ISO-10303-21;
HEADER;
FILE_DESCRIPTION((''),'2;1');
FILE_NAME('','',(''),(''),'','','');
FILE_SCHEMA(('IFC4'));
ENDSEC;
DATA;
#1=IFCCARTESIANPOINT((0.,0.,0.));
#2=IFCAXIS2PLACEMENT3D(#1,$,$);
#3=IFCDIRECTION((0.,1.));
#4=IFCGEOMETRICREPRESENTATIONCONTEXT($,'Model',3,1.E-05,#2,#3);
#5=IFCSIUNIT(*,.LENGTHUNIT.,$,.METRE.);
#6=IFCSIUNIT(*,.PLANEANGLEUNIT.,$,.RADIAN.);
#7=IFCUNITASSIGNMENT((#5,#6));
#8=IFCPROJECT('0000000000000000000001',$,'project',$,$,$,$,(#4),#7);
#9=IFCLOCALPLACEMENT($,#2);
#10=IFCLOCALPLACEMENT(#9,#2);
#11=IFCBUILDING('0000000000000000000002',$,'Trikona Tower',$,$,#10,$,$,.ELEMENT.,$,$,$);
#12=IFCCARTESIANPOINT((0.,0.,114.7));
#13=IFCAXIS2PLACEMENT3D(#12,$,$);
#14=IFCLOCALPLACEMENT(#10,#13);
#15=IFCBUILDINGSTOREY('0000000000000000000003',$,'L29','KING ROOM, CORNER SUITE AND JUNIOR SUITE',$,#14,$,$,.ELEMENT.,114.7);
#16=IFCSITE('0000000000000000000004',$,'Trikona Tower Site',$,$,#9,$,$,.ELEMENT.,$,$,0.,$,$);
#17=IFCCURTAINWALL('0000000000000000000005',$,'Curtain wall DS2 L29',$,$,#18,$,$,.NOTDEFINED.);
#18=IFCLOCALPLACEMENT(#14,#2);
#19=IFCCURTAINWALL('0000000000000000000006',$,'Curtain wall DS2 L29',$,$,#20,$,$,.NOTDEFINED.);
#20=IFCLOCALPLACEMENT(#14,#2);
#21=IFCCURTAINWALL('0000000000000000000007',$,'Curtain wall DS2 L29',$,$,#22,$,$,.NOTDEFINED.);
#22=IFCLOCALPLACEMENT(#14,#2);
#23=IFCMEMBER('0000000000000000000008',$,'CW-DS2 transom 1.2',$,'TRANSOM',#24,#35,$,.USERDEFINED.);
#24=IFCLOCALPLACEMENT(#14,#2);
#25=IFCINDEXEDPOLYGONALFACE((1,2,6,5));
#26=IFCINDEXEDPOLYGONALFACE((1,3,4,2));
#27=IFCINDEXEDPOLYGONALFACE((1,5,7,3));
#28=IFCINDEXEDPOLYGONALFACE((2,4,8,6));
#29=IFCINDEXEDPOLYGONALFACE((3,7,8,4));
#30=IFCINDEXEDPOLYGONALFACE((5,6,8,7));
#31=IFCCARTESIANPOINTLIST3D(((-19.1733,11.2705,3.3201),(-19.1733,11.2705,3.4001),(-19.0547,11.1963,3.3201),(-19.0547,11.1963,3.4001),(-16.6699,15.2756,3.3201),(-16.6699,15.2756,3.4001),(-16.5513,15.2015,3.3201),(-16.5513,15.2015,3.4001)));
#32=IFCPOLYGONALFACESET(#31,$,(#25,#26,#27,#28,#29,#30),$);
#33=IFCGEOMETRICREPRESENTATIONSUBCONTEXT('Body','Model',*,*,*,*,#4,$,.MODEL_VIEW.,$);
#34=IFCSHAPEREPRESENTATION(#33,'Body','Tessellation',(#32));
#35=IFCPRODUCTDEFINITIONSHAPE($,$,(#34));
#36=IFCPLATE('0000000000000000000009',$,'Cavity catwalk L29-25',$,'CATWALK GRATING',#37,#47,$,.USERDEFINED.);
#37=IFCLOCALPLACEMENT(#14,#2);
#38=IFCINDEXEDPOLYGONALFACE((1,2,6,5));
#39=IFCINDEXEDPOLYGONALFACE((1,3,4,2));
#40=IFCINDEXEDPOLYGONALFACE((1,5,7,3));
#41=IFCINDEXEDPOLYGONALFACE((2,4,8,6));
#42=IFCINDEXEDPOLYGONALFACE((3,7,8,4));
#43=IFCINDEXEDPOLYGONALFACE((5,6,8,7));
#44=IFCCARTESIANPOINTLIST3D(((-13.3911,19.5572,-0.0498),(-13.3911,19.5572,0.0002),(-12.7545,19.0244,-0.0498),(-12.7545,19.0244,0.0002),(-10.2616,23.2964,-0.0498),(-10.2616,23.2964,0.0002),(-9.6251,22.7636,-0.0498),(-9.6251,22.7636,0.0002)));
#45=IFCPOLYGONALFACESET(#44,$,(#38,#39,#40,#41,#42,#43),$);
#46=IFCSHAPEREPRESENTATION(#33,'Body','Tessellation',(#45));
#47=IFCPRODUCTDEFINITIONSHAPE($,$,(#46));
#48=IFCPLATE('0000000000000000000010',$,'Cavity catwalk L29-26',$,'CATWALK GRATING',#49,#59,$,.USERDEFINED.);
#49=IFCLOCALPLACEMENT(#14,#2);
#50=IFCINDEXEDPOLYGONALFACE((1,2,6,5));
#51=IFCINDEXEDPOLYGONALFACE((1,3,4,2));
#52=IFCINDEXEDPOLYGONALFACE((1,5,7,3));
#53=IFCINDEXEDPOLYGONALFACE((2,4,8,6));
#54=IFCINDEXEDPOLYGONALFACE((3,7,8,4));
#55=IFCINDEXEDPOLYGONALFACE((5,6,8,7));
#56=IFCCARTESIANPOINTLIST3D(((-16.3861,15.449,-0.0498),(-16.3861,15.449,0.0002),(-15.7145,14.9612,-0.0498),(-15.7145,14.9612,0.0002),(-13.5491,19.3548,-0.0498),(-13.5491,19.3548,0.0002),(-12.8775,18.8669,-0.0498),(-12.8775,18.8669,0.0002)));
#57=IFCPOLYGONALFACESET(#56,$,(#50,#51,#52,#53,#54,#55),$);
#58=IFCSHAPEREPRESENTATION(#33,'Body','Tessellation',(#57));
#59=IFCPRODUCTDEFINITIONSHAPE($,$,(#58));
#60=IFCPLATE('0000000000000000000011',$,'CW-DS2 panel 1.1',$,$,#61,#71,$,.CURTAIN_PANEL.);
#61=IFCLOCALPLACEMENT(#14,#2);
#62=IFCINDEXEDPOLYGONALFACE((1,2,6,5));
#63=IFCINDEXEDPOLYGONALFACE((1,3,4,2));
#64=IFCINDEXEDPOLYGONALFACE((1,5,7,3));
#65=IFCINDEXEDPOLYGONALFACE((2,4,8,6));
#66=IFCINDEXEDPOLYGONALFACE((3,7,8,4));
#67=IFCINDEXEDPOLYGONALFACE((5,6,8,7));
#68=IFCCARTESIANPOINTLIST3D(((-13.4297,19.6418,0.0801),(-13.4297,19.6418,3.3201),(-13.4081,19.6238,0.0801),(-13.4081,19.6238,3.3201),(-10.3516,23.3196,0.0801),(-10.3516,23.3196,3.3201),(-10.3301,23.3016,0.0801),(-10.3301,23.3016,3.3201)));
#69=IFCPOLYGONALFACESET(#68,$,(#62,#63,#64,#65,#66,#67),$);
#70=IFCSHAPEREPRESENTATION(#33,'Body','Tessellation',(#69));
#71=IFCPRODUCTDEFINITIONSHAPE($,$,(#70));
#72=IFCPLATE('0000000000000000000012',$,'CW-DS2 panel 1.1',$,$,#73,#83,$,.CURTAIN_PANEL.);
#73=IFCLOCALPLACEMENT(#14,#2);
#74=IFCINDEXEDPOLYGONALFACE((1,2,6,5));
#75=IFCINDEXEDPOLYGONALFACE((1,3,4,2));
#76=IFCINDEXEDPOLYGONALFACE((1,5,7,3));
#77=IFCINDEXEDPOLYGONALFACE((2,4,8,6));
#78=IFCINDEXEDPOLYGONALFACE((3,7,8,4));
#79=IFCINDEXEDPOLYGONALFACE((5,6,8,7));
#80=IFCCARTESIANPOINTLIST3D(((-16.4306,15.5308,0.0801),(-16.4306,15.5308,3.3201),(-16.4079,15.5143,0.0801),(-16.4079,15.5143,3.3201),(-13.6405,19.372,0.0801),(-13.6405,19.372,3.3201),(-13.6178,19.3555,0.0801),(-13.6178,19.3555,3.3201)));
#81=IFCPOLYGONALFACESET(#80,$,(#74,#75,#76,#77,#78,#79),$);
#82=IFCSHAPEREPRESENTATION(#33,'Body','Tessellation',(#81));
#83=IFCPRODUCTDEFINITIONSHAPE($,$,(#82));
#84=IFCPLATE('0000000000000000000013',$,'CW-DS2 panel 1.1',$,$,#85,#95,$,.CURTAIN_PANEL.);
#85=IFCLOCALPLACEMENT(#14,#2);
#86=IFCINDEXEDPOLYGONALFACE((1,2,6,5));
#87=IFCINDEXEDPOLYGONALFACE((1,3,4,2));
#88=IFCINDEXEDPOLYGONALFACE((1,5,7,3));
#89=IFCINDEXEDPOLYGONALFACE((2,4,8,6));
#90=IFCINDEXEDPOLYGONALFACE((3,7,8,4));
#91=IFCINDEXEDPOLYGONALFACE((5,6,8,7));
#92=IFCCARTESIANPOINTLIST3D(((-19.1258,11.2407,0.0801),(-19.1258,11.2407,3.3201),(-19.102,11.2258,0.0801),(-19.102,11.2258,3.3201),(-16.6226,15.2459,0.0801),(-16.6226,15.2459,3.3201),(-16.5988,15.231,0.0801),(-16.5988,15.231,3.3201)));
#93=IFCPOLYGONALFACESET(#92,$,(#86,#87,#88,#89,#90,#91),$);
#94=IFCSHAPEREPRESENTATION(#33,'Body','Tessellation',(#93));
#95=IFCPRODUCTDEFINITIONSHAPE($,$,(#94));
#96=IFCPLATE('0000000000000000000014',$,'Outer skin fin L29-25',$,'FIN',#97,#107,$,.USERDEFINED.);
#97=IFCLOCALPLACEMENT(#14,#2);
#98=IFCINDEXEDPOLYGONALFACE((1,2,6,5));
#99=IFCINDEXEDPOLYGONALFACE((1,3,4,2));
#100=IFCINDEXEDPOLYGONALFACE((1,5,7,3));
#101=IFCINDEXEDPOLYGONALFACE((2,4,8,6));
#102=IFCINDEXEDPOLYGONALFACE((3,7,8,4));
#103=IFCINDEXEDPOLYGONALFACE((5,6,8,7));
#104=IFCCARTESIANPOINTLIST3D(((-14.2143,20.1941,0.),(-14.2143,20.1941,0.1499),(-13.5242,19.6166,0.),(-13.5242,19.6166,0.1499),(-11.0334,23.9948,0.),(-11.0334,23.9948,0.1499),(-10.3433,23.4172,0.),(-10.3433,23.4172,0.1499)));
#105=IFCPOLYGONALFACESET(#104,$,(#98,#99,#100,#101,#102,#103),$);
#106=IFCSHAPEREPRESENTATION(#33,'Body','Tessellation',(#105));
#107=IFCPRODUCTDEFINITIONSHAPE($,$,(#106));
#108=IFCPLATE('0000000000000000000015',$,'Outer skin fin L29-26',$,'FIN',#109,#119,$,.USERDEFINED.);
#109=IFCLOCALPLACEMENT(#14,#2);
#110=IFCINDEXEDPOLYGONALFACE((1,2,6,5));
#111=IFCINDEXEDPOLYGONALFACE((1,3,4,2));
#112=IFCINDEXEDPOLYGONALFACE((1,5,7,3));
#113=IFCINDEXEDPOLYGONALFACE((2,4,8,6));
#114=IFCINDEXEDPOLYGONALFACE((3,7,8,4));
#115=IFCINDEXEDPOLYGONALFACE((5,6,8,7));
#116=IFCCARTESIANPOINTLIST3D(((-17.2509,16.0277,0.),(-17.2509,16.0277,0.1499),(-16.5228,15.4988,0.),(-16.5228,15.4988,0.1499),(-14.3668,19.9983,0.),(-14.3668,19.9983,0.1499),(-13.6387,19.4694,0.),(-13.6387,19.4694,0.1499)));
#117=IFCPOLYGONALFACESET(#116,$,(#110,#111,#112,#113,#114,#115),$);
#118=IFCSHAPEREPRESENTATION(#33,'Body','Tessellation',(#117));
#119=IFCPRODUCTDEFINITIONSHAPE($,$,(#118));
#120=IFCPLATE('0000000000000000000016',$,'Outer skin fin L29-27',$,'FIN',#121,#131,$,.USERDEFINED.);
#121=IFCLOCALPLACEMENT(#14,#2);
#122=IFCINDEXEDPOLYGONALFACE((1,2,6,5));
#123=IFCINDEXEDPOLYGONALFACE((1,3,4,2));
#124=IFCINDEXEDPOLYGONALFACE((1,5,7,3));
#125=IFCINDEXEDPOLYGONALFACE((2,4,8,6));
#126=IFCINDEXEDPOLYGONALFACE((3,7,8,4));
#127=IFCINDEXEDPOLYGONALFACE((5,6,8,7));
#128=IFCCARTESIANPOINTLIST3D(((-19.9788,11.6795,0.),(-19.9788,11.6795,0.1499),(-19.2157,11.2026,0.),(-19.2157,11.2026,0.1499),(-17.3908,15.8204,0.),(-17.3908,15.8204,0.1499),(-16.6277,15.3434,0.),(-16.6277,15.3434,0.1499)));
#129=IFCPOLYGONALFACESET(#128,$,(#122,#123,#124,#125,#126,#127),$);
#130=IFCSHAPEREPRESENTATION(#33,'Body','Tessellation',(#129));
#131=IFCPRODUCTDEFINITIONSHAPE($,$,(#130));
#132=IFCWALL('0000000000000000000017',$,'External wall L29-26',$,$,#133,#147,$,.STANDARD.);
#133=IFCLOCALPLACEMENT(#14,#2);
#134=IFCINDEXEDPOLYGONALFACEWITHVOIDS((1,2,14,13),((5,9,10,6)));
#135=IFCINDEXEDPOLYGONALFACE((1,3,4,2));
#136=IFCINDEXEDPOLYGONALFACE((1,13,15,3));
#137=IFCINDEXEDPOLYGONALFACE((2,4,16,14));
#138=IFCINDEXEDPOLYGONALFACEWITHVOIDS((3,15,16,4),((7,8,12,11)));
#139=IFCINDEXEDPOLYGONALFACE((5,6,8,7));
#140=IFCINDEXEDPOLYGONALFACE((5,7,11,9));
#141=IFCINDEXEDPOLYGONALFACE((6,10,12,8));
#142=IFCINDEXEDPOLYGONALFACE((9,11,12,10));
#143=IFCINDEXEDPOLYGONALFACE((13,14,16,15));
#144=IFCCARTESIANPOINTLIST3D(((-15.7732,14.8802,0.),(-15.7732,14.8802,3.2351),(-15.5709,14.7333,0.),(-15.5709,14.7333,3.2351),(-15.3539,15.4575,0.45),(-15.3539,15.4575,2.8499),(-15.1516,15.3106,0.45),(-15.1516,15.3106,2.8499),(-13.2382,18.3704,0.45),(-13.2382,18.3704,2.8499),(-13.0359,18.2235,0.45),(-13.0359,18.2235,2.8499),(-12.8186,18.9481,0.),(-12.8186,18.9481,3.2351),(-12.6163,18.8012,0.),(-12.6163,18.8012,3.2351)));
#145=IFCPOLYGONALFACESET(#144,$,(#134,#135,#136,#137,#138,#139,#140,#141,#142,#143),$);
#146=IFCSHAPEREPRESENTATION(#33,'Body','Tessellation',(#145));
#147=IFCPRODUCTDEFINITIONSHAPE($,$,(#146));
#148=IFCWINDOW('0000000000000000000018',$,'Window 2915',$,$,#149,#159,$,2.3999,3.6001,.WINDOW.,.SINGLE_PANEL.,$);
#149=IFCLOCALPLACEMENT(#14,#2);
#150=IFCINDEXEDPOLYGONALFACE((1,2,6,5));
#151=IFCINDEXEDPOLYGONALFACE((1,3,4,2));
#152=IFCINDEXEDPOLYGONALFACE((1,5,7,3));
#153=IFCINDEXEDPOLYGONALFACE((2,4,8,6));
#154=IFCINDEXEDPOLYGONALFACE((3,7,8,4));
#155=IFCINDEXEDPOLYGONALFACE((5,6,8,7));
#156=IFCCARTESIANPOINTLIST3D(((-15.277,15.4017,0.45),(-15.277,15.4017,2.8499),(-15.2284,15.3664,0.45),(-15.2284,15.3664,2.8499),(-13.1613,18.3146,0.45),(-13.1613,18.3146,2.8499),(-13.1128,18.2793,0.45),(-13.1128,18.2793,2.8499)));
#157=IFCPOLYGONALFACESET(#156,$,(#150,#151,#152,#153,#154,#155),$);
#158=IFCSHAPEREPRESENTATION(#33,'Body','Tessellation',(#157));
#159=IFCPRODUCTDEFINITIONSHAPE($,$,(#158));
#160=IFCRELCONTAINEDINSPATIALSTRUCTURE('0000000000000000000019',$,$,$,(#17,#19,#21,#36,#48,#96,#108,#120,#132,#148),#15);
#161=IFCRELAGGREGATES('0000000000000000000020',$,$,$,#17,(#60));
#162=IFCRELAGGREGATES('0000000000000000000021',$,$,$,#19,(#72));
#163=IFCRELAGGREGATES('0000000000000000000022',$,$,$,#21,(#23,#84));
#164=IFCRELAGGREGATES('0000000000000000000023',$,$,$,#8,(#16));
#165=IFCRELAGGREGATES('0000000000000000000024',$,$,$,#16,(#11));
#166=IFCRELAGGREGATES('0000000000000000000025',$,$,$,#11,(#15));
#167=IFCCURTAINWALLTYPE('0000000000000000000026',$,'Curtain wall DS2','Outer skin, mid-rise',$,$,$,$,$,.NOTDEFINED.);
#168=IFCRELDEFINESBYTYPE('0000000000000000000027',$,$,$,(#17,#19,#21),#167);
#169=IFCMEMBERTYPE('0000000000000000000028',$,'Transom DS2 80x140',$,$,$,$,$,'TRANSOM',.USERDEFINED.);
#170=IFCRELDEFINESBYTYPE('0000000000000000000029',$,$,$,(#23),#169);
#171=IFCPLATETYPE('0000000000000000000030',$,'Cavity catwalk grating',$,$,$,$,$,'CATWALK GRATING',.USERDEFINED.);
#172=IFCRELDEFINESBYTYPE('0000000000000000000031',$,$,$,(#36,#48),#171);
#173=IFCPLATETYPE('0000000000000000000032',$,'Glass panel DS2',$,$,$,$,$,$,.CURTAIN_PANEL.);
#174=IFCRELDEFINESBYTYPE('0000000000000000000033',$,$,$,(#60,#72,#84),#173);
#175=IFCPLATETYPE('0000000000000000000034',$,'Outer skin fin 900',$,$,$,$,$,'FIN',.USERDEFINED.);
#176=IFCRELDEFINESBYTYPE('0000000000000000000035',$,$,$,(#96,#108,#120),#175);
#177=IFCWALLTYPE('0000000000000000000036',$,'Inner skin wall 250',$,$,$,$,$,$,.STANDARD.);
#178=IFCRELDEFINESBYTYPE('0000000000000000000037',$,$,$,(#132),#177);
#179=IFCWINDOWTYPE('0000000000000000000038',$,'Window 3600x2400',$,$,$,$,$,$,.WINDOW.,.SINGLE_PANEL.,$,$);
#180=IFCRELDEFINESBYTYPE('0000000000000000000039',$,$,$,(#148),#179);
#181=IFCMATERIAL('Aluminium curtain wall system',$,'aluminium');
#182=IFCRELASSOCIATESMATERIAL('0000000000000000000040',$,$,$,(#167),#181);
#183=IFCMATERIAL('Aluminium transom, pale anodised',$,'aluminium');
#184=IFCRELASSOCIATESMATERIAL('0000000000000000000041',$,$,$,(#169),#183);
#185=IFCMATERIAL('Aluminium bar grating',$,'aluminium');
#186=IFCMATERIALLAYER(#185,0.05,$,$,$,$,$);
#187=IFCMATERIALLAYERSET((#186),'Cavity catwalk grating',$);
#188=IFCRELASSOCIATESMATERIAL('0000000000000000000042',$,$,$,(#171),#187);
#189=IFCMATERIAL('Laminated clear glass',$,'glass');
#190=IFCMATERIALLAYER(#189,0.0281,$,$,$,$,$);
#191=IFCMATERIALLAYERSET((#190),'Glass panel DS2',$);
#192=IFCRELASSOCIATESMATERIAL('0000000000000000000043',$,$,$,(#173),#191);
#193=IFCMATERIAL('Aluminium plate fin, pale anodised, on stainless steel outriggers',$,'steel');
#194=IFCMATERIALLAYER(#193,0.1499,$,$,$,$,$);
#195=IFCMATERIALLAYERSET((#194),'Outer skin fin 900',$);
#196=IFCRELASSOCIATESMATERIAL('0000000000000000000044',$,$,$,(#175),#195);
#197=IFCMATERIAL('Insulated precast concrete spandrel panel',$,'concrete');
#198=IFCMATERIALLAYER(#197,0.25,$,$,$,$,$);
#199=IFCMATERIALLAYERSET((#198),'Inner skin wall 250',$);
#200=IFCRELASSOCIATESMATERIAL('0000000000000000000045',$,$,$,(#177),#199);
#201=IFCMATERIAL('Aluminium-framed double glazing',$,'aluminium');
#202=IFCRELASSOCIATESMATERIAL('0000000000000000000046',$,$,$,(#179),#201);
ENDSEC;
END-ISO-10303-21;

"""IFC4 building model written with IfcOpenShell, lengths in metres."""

from ifc_helpers import new_model, si_unit, direction, frame, frame_2d, origin, origin_2d, place, context, subcontext, project, spatial, rectangle, extrude, material, layer, layer_set, material_profile, profile_set, type_object, element, fill, aggregate, save


model = new_model("IFC4")

# Units and contexts
model_context = context("Model", 3, precision=1e-05, world=origin(), true_north=direction((0.0, 1.0)))
body_context = subcontext(model_context, "Body", "Model", "MODEL_VIEW")
ifc_project = project(units=[si_unit("LENGTHUNIT", "METRE"), si_unit("PLANEANGLEUNIT", "RADIAN")], contexts=[model_context])

# Site, building, storey
site_placement = place(None, origin())
site = spatial("IfcSite", under=ifc_project, at=site_placement, Name="Trikona Tower Site", CompositionType="ELEMENT", RefElevation=0.0)
building_placement = place(site_placement, origin())
building = spatial("IfcBuilding", under=site, at=building_placement, Name="Trikona Tower", CompositionType="ELEMENT")
storey_placement = place(building_placement, frame((0.0, 0.0, 114.7)))
storey = spatial("IfcBuildingStorey", under=building, at=storey_placement, Name="L29", Description="KING ROOM, CORNER SUITE AND JUNIOR SUITE", CompositionType="ELEMENT", Elevation=114.7)

# Curtain walls
ifc_material_1 = material(Name="Aluminium curtain wall system", Category="aluminium")
curtain_wall_type = type_object("IfcCurtainWallType", Name="Curtain wall DS2", Description="Outer skin, mid-rise", PredefinedType="NOTDEFINED", material=ifc_material_1)
curtain_wall_1_placement = place(storey_placement, origin())
curtain_wall_1 = element("IfcCurtainWall", 1, at=curtain_wall_1_placement, inside=storey, type_object=curtain_wall_type, Name="Curtain wall DS2 L29", PredefinedType="NOTDEFINED")
curtain_wall_2_placement = place(storey_placement, origin())
curtain_wall_2 = element("IfcCurtainWall", 2, at=curtain_wall_2_placement, inside=storey, type_object=curtain_wall_type, Name="Curtain wall DS2 L29", PredefinedType="NOTDEFINED")

# Curtain wall
curtain_wall_3_placement = place(storey_placement, origin())
curtain_wall_3 = element("IfcCurtainWall", 3, at=curtain_wall_3_placement, inside=storey, type_object=curtain_wall_type, Name="Curtain wall DS2 L29", PredefinedType="NOTDEFINED")

# Member
ifc_material_2 = material(Name="Aluminium transom, pale anodised", Category="aluminium")
ifc_material_profile_1 = material_profile(ifc_material_2, rectangle(XDim=0.1399, YDim=0.0801, at=origin_2d()), Name="TRN-DS2")
ifc_profile_set_1 = profile_set([ifc_material_profile_1], Name="Aluminium transom, pale anodised")
member_type_1 = type_object("IfcMemberType", Name="Transom DS2 80x140", ElementType="TRANSOM", PredefinedType="USERDEFINED", material=ifc_profile_set_1)
member_1_placement = place(storey_placement, frame((-16.6106, 15.2385, 3.3601), z_axis=(-0.530031, -0.847978, 0.0), x_axis=(0.847978, -0.530031, 0.0)))
member_1 = element("IfcMember", 4, at=member_1_placement, type_object=member_type_1, Name="CW-DS2 transom 1.2", ObjectType="TRANSOM", PredefinedType="USERDEFINED", context=body_context, shape_type="SweptSolid", body=[
    extrude(rectangle(XDim=0.1399, YDim=0.0801, at=origin_2d()), origin(), (0.0, 0.0, 1.0), 4.7231),
])

# Plates
ifc_material_3 = material(Name="Aluminium bar grating", Category="aluminium")
ifc_layer_1 = layer(ifc_material_3, 0.05)
ifc_layer_set_1 = layer_set([ifc_layer_1], Name="Cavity catwalk grating")
plate_type_1 = type_object("IfcPlateType", Name="Cavity catwalk grating", ElementType="CATWALK GRATING", PredefinedType="USERDEFINED", material=ifc_layer_set_1)
plate_1_placement = place(storey_placement, frame((-11.5081, 21.1604, -0.0498), z_axis=(0.0, 0.0, 1.0), x_axis=(-0.641807, -0.766866, 0.0)))
element("IfcPlate", 5, at=plate_1_placement, inside=storey, type_object=plate_type_1, Name="Cavity catwalk L29-25", ObjectType="CATWALK GRATING", PredefinedType="USERDEFINED", context=body_context, shape_type="SweptSolid", body=[
    extrude(rectangle(XDim=4.876, YDim=0.8301, at=origin_2d()), origin(), (0.0, 0.0, 1.0), 0.05),
])
plate_2_placement = place(storey_placement, frame((-14.6318, 17.158, -0.0498), z_axis=(0.0, 0.0, 1.0), x_axis=(-0.587686, -0.809089, 0.0)))
element("IfcPlate", 6, at=plate_2_placement, inside=storey, type_object=plate_type_1, Name="Cavity catwalk L29-26", ObjectType="CATWALK GRATING", PredefinedType="USERDEFINED", context=body_context, shape_type="SweptSolid", body=[
    extrude(rectangle(XDim=4.8274, YDim=0.8301, at=origin_2d()), origin(), (0.0, 0.0, 1.0), 0.05),
])

# Plates
ifc_material_4 = material(Name="Laminated clear glass", Category="glass")
ifc_layer_2 = layer(ifc_material_4, 0.0281)
ifc_layer_set_2 = layer_set([ifc_layer_2], Name="Glass panel DS2")
plate_type_2 = type_object("IfcPlateType", Name="Glass panel DS2", PredefinedType="CURTAIN_PANEL", material=ifc_layer_set_2)
plate_3_placement = place(storey_placement, frame((-11.8799, 21.4717, 0.0801), z_axis=(0.0, 0.0, 1.0), x_axis=(-0.641806, -0.766867, 0.0)))
plate_3 = element("IfcPlate", 7, at=plate_3_placement, type_object=plate_type_2, Name="CW-DS2 panel 1.1", PredefinedType="CURTAIN_PANEL", context=body_context, shape_type="SweptSolid", body=[
    extrude(rectangle(XDim=4.7959, YDim=0.0281, at=origin_2d()), origin(), (0.0, 0.0, 1.0), 3.24),
])
aggregate(curtain_wall_1, [plate_3])
plate_4_placement = place(storey_placement, frame((-15.0242, 17.4431, 0.0801), z_axis=(0.0, 0.0, 1.0), x_axis=(-0.587691, -0.809086, 0.0)))
plate_4 = element("IfcPlate", 8, at=plate_4_placement, type_object=plate_type_2, Name="CW-DS2 panel 1.1", PredefinedType="CURTAIN_PANEL", context=body_context, shape_type="SweptSolid", body=[
    extrude(rectangle(XDim=4.7476, YDim=0.0281, at=origin_2d()), origin(), (0.0, 0.0, 1.0), 3.24),
])
aggregate(curtain_wall_2, [plate_4])
plate_5_placement = place(storey_placement, frame((-17.8623, 13.2358, 0.0801), z_axis=(0.0, 0.0, 1.0), x_axis=(-0.529999, -0.847998, 0.0)))
plate_5 = element("IfcPlate", 9, at=plate_5_placement, type_object=plate_type_2, Name="CW-DS2 panel 1.1", PredefinedType="CURTAIN_PANEL", context=body_context, shape_type="SweptSolid", body=[
    extrude(rectangle(XDim=4.7231, YDim=0.0281, at=origin_2d()), origin(), (0.0, 0.0, 1.0), 3.24),
])
aggregate(curtain_wall_3, [member_1, plate_5])

# Plates
ifc_material_5 = material(Name="Aluminium plate fin, pale anodised, on stainless steel outriggers", Category="steel")
ifc_layer_3 = layer(ifc_material_5, 0.1499)
ifc_layer_set_3 = layer_set([ifc_layer_3], Name="Outer skin fin 900")
plate_type_3 = type_object("IfcPlateType", Name="Outer skin fin 900", ElementType="FIN", PredefinedType="USERDEFINED", material=ifc_layer_set_3)
plate_6_placement = place(storey_placement, frame((-12.2788, 21.8057, 0.0), z_axis=(0.0, 0.0, 1.0), x_axis=(-0.641807, -0.766866, 0.0)))
element("IfcPlate", 10, at=plate_6_placement, inside=storey, type_object=plate_type_3, Name="Outer skin fin L29-25", ObjectType="FIN", PredefinedType="USERDEFINED", context=body_context, shape_type="SweptSolid", body=[
    extrude(rectangle(XDim=4.9561, YDim=0.8999, at=origin_2d()), origin(), (0.0, 0.0, 1.0), 0.1499),
])
plate_7_placement = place(storey_placement, frame((-15.4448, 17.7485, 0.0), z_axis=(0.0, 0.0, 1.0), x_axis=(-0.587686, -0.809089, 0.0)))
element("IfcPlate", 11, at=plate_7_placement, inside=storey, type_object=plate_type_3, Name="Outer skin fin L29-26", ObjectType="FIN", PredefinedType="USERDEFINED", context=body_context, shape_type="SweptSolid", body=[
    extrude(rectangle(XDim=4.9075, YDim=0.8999, at=origin_2d()), origin(), (0.0, 0.0, 1.0), 0.1499),
])
plate_8_placement = place(storey_placement, frame((-18.3032, 13.5115, 0.0), z_axis=(0.0, 0.0, 1.0), x_axis=(-0.529995, -0.848001, 0.0)))
element("IfcPlate", 12, at=plate_8_placement, inside=storey, type_object=plate_type_3, Name="Outer skin fin L29-27", ObjectType="FIN", PredefinedType="USERDEFINED", context=body_context, shape_type="SweptSolid", body=[
    extrude(rectangle(XDim=4.8831, YDim=0.8999, at=origin_2d()), origin(), (0.0, 0.0, 1.0), 0.1499),
])

# Wall, opening, window
ifc_material_6 = material(Name="Insulated precast concrete spandrel panel", Category="concrete")
ifc_layer_4 = layer(ifc_material_6, 0.25)
ifc_layer_set_4 = layer_set([ifc_layer_4], Name="Inner skin wall 250")
wall_type = type_object("IfcWallType", Name="Inner skin wall 250", PredefinedType="STANDARD", material=ifc_layer_set_4)
wall_1_placement = place(storey_placement, frame((-12.7175, 18.8745, 0.0), z_axis=(0.0, 0.0, 1.0), x_axis=(-0.587669, -0.809101, 0.0)))
wall_1 = element("IfcWall", 13, at=wall_1_placement, inside=storey, type_object=wall_type, Name="External wall L29-26", PredefinedType="STANDARD", context=body_context, shape_type="SweptSolid", body=[
    extrude(rectangle(XDim=5.0276, YDim=0.25, at=frame_2d((2.5137, 0.0))), origin(), (0.0, 0.0, 1.0), 3.2351),
])
opening_1_placement = place(wall_1_placement, frame((0.7139, 0.0, 0.45)))
opening_1 = element("IfcOpeningElement", 14, at=opening_1_placement, cuts=wall_1, PredefinedType="OPENING", context=body_context, shape_type="SweptSolid", body=[
    extrude(rectangle(XDim=3.6001, YDim=2.3999, at=frame_2d((1.8, 1.2))), frame((0.0, 0.135, 0.0), z_axis=(0.0, -1.0, 0.0), x_axis=(1.0, 0.0, 0.0)), (0.0, 0.0, 1.0), 0.27),
])
ifc_material_7 = material(Name="Aluminium-framed double glazing", Category="aluminium")
window_type = type_object("IfcWindowType", Name="Window 3600x2400", PartitioningType="SINGLE_PANEL", PredefinedType="WINDOW", material=ifc_material_7)
window_1_placement = place(opening_1_placement, origin())
window_1 = element("IfcWindow", 15, at=window_1_placement, inside=storey, type_object=window_type, Name="Window 2915", OverallHeight=2.3999, OverallWidth=3.6001, PartitioningType="SINGLE_PANEL", PredefinedType="WINDOW", context=body_context, shape_type="SweptSolid", body=[
    extrude(rectangle(XDim=3.6001, YDim=2.3999, at=frame_2d((1.8, 1.2))), frame((0.0, 0.03, 0.0), z_axis=(0.0, -1.0, 0.0), x_axis=(1.0, 0.0, 0.0)), (0.0, 0.0, 1.0), 0.0601),
])
fill(opening_1, window_1)

save(model, "model.ifc")
